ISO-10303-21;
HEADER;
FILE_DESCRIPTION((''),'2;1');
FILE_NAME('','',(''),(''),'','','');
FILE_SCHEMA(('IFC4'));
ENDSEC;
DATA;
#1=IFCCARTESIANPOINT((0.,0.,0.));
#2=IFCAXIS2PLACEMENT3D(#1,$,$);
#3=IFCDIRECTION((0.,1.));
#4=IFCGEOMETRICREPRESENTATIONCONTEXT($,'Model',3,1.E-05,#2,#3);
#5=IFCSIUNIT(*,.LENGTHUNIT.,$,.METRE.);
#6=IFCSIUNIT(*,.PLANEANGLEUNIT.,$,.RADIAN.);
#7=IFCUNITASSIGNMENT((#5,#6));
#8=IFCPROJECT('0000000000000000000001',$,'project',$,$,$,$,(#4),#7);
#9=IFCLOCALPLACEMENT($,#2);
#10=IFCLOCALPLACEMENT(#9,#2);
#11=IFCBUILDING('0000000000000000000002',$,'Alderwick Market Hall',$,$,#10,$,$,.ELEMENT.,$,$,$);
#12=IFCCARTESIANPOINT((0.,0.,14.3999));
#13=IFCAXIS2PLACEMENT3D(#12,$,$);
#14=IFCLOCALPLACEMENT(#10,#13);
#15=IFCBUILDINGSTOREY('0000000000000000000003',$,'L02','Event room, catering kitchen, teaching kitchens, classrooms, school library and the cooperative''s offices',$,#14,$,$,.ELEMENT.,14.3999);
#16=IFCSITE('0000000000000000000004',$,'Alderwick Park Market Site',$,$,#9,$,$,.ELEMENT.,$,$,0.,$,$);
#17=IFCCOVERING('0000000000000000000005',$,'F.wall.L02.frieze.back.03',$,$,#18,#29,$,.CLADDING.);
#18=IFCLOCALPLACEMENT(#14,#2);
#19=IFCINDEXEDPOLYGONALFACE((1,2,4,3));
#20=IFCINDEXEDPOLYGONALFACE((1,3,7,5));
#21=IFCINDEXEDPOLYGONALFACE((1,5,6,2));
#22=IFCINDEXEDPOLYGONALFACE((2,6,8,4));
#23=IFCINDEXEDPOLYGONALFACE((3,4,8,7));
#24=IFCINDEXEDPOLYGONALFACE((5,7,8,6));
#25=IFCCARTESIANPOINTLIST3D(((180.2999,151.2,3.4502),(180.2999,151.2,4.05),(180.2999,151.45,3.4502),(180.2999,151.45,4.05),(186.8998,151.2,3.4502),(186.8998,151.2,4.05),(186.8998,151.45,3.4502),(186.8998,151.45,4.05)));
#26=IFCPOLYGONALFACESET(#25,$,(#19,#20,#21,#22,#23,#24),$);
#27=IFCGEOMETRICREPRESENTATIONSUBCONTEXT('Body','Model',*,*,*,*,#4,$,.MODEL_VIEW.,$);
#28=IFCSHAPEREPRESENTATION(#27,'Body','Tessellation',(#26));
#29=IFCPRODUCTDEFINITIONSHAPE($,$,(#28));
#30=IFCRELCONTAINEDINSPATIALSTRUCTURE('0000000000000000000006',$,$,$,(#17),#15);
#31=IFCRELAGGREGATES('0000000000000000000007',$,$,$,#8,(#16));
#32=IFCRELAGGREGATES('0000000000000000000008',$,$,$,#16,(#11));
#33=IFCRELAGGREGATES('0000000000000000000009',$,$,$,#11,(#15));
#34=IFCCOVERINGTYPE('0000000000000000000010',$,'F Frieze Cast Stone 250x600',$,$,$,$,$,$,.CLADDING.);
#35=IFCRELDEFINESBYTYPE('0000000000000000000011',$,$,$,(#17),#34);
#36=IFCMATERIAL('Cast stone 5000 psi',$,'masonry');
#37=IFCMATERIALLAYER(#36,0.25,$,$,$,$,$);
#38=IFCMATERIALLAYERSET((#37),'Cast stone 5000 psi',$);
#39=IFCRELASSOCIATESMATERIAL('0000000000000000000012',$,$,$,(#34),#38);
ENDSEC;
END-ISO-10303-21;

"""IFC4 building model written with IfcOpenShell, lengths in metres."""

from ifc_helpers import new_model, si_unit, direction, frame, frame_2d, origin, place, context, subcontext, project, spatial, rectangle, extrude, material, layer, layer_set, type_object, element, save


model = new_model("IFC4")

# Units and contexts
model_context = context("Model", 3, precision=1e-05, world=origin(), true_north=direction((0.0, 1.0)))
body_context = subcontext(model_context, "Body", "Model", "MODEL_VIEW")
ifc_project = project(units=[si_unit("LENGTHUNIT", "METRE"), si_unit("PLANEANGLEUNIT", "RADIAN")], contexts=[model_context])

# Site, building, storey
site_placement = place(None, origin())
site = spatial("IfcSite", under=ifc_project, at=site_placement, Name="Alderwick Park Market Site", CompositionType="ELEMENT", RefElevation=0.0)
building_placement = place(site_placement, origin())
building = spatial("IfcBuilding", under=site, at=building_placement, Name="Alderwick Market Hall", CompositionType="ELEMENT")
storey_placement = place(building_placement, frame((0.0, 0.0, 14.3999)))
storey = spatial("IfcBuildingStorey", under=building, at=storey_placement, Name="L02", Description="Event room, catering kitchen, teaching kitchens, classrooms, school library and the cooperative's offices", CompositionType="ELEMENT", Elevation=14.3999)

# Covering
ifc_material_1 = material(Name="Cast stone 5000 psi", Category="masonry")
ifc_layer_1 = layer(ifc_material_1, 0.25)
ifc_layer_set_1 = layer_set([ifc_layer_1], Name="Cast stone 5000 psi")
covering_type = type_object("IfcCoveringType", Name="F Frieze Cast Stone 250x600", PredefinedType="CLADDING", material=ifc_layer_set_1)
covering_placement = place(storey_placement, frame((180.3, 151.325, 3.4502), z_axis=(0.0, 0.0, 1.0), x_axis=(1.0, 0.0, 0.0)))
element("IfcCovering", 1, at=covering_placement, inside=storey, type_object=covering_type, Name="F.wall.L02.frieze.back.03", PredefinedType="CLADDING", context=body_context, shape_type="SweptSolid", body=[
    extrude(rectangle(XDim=6.5999, YDim=0.25, at=frame_2d((3.2998, 0.0))), origin(), (0.0, 0.0, 1.0), 0.5999),
])

save(model, "model.ifc")
